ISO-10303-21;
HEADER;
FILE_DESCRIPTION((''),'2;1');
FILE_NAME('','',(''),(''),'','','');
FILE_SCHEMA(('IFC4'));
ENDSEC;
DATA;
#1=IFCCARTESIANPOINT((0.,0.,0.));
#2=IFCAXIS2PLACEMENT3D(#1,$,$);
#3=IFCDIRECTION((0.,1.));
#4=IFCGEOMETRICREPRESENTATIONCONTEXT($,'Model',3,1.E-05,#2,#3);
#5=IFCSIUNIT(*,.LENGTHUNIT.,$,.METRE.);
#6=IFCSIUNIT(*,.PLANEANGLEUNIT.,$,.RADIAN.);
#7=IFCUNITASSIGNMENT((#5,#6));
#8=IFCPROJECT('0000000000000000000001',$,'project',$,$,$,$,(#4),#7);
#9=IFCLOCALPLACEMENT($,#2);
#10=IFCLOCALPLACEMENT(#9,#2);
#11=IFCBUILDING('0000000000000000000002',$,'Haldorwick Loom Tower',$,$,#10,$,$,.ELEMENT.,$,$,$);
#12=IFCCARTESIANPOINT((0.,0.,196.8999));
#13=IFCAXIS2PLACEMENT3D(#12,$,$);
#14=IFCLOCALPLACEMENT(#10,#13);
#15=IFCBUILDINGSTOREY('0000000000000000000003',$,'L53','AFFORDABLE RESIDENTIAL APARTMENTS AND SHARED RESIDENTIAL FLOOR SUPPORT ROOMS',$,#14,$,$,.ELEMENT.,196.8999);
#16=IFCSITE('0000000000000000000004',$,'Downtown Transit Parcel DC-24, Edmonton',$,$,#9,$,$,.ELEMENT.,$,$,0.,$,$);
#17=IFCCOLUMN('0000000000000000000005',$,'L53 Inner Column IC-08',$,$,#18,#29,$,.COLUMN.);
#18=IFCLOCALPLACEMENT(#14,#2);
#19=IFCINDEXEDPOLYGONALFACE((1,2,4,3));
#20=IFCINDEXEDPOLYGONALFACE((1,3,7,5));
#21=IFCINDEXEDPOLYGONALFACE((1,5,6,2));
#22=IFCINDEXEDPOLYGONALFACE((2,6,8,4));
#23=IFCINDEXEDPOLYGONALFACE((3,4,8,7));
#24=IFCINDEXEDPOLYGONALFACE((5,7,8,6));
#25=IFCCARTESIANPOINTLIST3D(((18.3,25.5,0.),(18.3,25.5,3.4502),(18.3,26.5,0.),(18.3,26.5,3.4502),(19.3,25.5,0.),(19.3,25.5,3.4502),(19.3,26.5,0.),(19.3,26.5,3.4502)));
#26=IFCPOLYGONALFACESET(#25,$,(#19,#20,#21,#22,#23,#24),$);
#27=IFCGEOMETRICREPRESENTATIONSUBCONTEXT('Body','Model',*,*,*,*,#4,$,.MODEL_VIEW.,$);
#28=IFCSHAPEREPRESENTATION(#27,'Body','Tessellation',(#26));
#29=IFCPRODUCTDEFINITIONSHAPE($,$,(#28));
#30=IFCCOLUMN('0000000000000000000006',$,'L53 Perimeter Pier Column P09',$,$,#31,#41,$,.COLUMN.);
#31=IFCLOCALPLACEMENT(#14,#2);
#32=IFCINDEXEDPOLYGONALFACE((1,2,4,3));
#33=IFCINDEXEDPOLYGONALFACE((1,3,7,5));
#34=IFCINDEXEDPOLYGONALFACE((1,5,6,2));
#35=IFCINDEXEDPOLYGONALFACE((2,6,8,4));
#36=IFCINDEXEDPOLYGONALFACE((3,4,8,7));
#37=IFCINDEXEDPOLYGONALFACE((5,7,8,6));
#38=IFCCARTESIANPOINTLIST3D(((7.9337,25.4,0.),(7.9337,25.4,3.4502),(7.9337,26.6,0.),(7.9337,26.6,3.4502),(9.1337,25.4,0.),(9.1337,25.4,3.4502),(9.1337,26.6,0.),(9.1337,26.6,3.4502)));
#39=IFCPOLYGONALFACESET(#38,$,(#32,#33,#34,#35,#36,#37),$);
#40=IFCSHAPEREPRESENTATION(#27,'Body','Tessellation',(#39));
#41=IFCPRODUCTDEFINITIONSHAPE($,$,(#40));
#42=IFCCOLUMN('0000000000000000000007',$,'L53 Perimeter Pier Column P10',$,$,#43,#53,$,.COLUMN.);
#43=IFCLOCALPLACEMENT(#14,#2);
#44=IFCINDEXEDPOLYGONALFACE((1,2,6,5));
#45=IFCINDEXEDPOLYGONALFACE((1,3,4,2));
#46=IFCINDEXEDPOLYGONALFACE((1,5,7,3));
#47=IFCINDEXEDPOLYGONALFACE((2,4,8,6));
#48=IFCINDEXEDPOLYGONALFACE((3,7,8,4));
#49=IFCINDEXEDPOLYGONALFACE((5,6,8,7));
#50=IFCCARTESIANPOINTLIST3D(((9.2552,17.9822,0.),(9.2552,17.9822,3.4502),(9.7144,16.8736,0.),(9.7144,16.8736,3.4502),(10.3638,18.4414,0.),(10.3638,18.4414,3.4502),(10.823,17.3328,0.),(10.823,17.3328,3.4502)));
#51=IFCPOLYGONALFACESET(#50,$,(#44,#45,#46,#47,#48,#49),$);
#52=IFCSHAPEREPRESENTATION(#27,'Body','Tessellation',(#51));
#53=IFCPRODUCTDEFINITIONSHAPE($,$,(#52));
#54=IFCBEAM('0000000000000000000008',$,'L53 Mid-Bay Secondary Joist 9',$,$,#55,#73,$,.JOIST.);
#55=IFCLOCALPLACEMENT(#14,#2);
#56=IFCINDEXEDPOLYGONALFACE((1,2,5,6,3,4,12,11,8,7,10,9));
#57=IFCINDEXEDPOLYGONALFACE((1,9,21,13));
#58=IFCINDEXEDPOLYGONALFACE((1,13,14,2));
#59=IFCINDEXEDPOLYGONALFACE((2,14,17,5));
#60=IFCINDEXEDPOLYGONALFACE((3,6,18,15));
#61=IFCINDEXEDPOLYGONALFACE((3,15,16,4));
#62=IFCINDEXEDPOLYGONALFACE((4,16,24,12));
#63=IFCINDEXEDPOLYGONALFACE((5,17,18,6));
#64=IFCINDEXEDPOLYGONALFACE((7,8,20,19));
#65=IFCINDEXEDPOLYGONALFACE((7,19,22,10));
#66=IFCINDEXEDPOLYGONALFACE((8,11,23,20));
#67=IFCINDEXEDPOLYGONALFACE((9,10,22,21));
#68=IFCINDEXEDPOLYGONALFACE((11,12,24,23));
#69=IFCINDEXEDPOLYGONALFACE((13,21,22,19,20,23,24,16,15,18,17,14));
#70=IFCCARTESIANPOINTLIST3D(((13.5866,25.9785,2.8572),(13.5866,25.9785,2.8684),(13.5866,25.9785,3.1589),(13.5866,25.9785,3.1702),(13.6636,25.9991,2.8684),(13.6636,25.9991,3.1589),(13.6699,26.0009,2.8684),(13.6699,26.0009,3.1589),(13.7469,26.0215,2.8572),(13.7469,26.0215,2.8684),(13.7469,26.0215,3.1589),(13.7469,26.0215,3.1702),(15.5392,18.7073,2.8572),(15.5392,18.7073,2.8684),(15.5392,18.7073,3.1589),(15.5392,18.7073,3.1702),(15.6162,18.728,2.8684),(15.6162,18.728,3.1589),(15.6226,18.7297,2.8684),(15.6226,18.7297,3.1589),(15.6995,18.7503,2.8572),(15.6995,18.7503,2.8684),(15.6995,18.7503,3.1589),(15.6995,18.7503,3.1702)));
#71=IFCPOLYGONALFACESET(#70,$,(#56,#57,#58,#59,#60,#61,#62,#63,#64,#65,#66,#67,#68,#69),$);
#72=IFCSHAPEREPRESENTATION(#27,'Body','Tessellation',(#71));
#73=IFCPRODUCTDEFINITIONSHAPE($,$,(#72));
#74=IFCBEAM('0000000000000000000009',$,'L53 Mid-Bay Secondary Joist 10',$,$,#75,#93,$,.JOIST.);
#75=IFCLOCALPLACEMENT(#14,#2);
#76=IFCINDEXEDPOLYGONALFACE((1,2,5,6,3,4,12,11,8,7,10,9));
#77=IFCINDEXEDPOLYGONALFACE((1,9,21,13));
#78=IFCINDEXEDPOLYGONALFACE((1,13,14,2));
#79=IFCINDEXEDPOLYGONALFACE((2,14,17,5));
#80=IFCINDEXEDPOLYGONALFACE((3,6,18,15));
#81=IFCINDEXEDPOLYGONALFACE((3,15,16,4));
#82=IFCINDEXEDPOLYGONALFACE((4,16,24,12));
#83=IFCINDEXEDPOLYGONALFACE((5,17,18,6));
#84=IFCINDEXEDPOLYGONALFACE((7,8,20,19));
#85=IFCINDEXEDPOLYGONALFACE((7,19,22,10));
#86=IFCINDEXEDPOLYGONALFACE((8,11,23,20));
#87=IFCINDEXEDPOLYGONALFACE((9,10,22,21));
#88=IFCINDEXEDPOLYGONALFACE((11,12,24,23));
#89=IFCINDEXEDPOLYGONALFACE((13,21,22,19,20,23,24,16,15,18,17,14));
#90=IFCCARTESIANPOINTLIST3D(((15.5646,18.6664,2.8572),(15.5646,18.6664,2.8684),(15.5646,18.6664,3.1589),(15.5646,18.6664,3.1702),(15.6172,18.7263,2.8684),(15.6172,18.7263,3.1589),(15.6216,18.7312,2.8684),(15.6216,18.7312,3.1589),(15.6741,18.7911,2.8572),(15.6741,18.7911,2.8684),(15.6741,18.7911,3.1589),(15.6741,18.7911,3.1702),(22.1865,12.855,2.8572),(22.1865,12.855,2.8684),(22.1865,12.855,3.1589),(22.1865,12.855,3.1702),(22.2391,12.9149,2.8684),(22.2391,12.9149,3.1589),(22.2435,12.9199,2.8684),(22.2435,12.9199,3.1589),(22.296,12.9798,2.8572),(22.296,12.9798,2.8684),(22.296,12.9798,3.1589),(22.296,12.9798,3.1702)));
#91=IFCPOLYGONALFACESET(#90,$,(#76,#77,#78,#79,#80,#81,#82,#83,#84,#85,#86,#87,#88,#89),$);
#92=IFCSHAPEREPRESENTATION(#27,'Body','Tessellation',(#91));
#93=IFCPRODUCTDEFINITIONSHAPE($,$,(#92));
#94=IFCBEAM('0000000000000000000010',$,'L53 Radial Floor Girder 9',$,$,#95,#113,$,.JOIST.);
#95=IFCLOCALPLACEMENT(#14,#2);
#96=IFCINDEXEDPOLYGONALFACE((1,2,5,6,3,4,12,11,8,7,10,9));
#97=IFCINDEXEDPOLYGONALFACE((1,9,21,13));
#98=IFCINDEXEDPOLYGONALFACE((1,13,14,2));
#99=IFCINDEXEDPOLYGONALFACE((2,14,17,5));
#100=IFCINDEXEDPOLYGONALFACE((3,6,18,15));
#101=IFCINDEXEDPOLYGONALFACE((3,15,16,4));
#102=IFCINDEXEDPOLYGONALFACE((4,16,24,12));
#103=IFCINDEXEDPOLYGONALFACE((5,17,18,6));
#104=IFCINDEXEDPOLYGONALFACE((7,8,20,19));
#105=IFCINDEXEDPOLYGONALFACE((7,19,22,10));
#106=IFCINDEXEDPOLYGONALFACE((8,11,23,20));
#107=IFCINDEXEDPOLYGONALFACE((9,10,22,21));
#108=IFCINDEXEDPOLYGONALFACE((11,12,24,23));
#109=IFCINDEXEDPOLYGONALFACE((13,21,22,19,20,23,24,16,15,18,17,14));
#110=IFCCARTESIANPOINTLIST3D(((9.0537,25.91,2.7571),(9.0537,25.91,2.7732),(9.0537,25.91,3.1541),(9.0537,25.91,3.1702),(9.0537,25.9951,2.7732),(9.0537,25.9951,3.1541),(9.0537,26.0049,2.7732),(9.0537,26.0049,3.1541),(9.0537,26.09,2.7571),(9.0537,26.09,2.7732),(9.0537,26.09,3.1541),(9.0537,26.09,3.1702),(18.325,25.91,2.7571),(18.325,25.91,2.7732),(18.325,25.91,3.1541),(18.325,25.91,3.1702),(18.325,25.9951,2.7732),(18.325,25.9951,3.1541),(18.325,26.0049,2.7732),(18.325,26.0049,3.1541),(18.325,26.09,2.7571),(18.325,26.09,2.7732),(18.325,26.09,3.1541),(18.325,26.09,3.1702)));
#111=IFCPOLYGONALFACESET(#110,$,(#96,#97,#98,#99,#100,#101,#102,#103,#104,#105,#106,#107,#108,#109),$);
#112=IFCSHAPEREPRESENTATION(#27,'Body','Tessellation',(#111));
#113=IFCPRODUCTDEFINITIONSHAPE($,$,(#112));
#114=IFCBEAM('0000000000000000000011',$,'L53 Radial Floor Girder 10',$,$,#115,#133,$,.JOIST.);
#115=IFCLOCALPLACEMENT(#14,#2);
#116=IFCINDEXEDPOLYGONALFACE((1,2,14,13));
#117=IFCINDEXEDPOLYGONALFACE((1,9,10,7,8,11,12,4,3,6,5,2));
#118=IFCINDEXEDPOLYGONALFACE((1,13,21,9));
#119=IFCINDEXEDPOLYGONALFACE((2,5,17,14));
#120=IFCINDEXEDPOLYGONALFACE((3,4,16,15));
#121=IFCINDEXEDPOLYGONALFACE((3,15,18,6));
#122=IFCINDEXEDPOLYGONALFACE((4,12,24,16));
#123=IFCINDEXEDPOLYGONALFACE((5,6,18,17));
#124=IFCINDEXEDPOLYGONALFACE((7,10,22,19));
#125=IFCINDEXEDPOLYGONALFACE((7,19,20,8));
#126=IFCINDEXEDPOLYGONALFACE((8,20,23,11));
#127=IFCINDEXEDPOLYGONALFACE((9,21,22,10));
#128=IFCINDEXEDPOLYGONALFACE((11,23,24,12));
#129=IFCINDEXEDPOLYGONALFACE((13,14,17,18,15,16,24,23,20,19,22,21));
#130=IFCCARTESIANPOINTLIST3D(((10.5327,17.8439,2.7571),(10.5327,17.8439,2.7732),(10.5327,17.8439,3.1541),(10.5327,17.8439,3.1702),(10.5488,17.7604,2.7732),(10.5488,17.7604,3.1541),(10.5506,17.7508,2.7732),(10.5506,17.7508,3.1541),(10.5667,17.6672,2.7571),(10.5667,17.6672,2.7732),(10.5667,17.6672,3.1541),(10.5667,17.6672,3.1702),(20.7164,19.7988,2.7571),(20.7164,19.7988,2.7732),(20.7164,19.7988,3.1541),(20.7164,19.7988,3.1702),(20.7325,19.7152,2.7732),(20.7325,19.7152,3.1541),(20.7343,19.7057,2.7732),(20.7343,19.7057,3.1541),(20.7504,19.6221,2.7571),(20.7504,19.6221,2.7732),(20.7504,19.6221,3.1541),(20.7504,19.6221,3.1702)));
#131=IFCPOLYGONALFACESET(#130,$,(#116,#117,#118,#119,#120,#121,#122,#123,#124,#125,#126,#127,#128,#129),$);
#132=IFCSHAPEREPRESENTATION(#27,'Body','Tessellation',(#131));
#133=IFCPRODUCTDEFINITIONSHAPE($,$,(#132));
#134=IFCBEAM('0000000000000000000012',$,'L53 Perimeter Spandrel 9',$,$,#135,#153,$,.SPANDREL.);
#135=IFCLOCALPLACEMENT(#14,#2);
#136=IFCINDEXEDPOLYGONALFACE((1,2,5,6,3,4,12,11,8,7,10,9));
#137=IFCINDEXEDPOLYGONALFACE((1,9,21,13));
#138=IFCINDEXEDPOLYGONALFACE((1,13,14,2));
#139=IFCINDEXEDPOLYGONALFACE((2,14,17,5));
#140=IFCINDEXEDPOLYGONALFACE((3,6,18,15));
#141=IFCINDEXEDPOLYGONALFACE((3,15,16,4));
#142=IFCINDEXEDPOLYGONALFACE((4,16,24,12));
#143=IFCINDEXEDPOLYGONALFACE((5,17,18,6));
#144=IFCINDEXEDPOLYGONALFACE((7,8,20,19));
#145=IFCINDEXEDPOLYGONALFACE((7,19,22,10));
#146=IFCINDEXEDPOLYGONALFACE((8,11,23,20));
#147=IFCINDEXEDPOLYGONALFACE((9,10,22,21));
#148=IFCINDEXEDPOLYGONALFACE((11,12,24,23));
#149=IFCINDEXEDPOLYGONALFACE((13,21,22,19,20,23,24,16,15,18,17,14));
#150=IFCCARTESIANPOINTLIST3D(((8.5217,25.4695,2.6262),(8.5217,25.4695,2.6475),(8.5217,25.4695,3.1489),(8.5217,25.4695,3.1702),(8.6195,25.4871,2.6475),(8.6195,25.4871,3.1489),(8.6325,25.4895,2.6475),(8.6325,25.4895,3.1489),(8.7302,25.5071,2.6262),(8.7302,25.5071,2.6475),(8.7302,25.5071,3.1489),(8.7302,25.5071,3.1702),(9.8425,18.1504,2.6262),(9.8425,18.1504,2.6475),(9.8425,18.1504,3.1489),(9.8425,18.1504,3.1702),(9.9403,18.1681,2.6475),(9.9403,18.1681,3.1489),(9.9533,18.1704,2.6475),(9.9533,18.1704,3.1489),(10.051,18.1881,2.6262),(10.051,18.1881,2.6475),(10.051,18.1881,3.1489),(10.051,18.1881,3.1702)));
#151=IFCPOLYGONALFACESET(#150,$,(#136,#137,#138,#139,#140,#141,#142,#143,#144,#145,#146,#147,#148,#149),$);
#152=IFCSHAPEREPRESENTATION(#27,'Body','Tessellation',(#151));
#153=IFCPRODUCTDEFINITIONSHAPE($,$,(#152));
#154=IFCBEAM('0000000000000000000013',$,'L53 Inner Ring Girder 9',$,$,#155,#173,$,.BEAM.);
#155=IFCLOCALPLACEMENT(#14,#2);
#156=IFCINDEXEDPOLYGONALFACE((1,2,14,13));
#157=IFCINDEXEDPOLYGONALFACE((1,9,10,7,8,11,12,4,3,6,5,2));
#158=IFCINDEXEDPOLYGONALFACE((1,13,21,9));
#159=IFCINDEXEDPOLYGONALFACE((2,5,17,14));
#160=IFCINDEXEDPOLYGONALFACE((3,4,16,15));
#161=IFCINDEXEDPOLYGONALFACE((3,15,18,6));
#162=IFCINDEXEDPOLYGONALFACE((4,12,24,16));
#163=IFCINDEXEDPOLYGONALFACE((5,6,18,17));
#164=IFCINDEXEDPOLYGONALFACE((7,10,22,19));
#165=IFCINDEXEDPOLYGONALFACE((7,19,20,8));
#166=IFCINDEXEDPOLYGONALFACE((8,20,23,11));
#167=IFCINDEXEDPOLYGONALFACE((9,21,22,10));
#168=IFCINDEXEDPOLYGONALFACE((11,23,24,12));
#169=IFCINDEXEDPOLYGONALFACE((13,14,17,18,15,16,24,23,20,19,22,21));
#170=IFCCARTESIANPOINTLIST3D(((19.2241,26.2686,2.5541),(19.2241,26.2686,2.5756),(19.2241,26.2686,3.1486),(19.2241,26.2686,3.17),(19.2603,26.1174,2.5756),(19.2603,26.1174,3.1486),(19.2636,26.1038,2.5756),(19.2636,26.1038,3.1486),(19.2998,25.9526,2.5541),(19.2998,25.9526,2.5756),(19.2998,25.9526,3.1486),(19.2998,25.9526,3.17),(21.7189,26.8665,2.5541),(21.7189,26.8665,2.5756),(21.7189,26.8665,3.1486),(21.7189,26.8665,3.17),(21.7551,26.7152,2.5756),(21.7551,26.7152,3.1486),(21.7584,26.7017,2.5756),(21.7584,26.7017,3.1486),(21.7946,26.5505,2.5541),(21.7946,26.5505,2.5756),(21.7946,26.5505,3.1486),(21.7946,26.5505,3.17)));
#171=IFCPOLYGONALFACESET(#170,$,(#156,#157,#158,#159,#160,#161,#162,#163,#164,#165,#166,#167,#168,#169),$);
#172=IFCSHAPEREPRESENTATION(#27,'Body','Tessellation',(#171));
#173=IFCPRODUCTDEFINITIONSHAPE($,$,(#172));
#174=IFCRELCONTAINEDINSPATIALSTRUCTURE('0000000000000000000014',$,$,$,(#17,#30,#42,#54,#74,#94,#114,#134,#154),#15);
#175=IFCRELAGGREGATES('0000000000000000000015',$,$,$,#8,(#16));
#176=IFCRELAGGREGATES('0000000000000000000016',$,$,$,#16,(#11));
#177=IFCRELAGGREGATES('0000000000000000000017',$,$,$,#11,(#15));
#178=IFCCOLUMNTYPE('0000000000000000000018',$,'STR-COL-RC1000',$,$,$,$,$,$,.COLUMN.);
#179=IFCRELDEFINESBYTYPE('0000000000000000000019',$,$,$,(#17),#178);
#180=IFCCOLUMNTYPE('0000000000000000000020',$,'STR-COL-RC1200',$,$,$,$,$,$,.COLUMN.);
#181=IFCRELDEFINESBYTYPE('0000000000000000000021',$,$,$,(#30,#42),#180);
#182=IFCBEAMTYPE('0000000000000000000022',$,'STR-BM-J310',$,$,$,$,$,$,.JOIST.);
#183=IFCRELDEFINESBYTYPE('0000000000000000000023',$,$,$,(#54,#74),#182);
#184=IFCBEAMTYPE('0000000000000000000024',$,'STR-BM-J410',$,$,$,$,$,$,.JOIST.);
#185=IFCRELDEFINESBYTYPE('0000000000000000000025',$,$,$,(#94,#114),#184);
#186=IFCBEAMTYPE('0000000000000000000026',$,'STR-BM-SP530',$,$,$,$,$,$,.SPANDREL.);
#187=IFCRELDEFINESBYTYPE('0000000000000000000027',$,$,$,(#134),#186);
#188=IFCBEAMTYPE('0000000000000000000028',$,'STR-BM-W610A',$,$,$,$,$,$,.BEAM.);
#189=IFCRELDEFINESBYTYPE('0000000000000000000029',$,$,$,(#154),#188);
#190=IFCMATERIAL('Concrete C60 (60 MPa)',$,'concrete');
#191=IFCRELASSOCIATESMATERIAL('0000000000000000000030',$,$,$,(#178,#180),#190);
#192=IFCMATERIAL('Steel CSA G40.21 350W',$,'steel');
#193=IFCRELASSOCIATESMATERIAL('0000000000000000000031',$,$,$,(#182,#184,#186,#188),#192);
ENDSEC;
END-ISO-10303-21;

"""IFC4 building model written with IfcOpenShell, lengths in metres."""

from ifc_helpers import new_model, si_unit, direction, frame, origin, origin_2d, place, context, subcontext, project, spatial, rectangle, i_section, extrude, material, material_profile, profile_set, type_object, element, save


model = new_model("IFC4")

# Units and contexts
model_context = context("Model", 3, precision=1e-05, world=origin(), true_north=direction((0.0, 1.0)))
body_context = subcontext(model_context, "Body", "Model", "MODEL_VIEW")
ifc_project = project(units=[si_unit("LENGTHUNIT", "METRE"), si_unit("PLANEANGLEUNIT", "RADIAN")], contexts=[model_context])

# Site, building, storey
site_placement = place(None, origin())
site = spatial("IfcSite", under=ifc_project, at=site_placement, Name="Downtown Transit Parcel DC-24, Edmonton", CompositionType="ELEMENT", RefElevation=0.0)
building_placement = place(site_placement, origin())
building = spatial("IfcBuilding", under=site, at=building_placement, Name="Haldorwick Loom Tower", CompositionType="ELEMENT")
storey_placement = place(building_placement, frame((0.0, 0.0, 196.8999)))
storey = spatial("IfcBuildingStorey", under=building, at=storey_placement, Name="L53", Description="AFFORDABLE RESIDENTIAL APARTMENTS AND SHARED RESIDENTIAL FLOOR SUPPORT ROOMS", CompositionType="ELEMENT", Elevation=196.8999)

# Columns
ifc_material_1 = material(Name="Concrete C60 (60 MPa)", Category="concrete")
ifc_material_profile_1 = material_profile(ifc_material_1, rectangle(XDim=1.0, YDim=1.0, at=origin_2d()), Name="RC1000X1000", Category="concrete")
ifc_profile_set_1 = profile_set([ifc_material_profile_1], Name="Concrete C60 (60 MPa)")
column_type_1 = type_object("IfcColumnType", Name="STR-COL-RC1000", PredefinedType="COLUMN", material=ifc_profile_set_1)
column_placement = place(storey_placement, frame((18.8, 26.0, 0.0), z_axis=(0.0, 0.0, 1.0), x_axis=(1.0, 0.0, 0.0)))
element("IfcColumn", 1, at=column_placement, inside=storey, type_object=column_type_1, Name="L53 Inner Column IC-08", PredefinedType="COLUMN", context=body_context, shape_type="SweptSolid", body=[
    extrude(rectangle(XDim=1.0, YDim=1.0, at=origin_2d()), origin(), (0.0, 0.0, 1.0), 3.4502),
])
ifc_material_profile_2 = material_profile(ifc_material_1, rectangle(XDim=1.2, YDim=1.2, at=origin_2d()), Name="RC1200X1200", Category="concrete")
ifc_profile_set_2 = profile_set([ifc_material_profile_2], Name="Concrete C60 (60 MPa)")
column_type_2 = type_object("IfcColumnType", Name="STR-COL-RC1200", PredefinedType="COLUMN", material=ifc_profile_set_2)
for number, where, z_axis, x_axis, name in (
    (2, (8.5337, 26.0, 0.0), (0.0, 0.0, 1.0), (-1.0, 0.0, 0.0), "L53 Perimeter Pier Column P09"),
    (3, (10.0391, 17.6575, 0.0), (0.0, 0.0, 1.0), (-0.92388, -0.382683, 0.0), "L53 Perimeter Pier Column P10"),
):
    element("IfcColumn", number, at=place(storey_placement, frame(where, z_axis=z_axis, x_axis=x_axis)), inside=storey, type_object=column_type_2, Name=name, PredefinedType="COLUMN", context=body_context, shape_type="SweptSolid", body=[
        extrude(rectangle(XDim=1.2, YDim=1.2, at=origin_2d()), origin(), (0.0, 0.0, 1.0), 3.4502),
    ])

# Beams
ifc_material_2 = material(Name="Steel CSA G40.21 350W", Category="steel")
ifc_material_profile_3 = material_profile(ifc_material_2, i_section(OverallWidth=0.166, OverallDepth=0.313, WebThickness=0.0066, FlangeThickness=0.0112, at=origin_2d()), Name="W310X45", Category="steel")
ifc_profile_set_3 = profile_set([ifc_material_profile_3], Name="Steel CSA G40.21 350W")
beam_type_1 = type_object("IfcBeamType", Name="STR-BM-J310", PredefinedType="JOIST", material=ifc_profile_set_3)
beam_1_placement = place(storey_placement, frame((13.6667, 26.0, 3.0137), z_axis=(0.259354, -0.965782, 0.0), x_axis=(0.965782, 0.259354, 0.0)))
element("IfcBeam", 4, at=beam_1_placement, inside=storey, type_object=beam_type_1, Name="L53 Mid-Bay Secondary Joist 9", PredefinedType="JOIST", context=body_context, shape_type="SweptSolid", body=[
    extrude(i_section(OverallWidth=0.166, OverallDepth=0.313, WebThickness=0.0066, FlangeThickness=0.0112, at=origin_2d()), origin(), (0.0, 0.0, 1.0), 7.5288),
])
beam_2_placement = place(storey_placement, frame((15.6194, 18.7288, 3.0137), z_axis=(0.751609, -0.659608, 0.0), x_axis=(0.659608, 0.751609, 0.0)))
element("IfcBeam", 5, at=beam_2_placement, inside=storey, type_object=beam_type_1, Name="L53 Mid-Bay Secondary Joist 10", PredefinedType="JOIST", context=body_context, shape_type="SweptSolid", body=[
    extrude(i_section(OverallWidth=0.166, OverallDepth=0.313, WebThickness=0.0066, FlangeThickness=0.0112, at=origin_2d()), origin(), (0.0, 0.0, 1.0), 8.8103),
])
ifc_material_profile_4 = material_profile(ifc_material_2, i_section(OverallWidth=0.1799, OverallDepth=0.4131, WebThickness=0.0098, FlangeThickness=0.0161, at=origin_2d()), Name="W410X74", Category="steel")
ifc_profile_set_4 = profile_set([ifc_material_profile_4], Name="Steel CSA G40.21 350W")
beam_type_2 = type_object("IfcBeamType", Name="STR-BM-J410", PredefinedType="JOIST", material=ifc_profile_set_4)
beam_3_placement = place(storey_placement, frame((18.325, 26.0, 2.9636), z_axis=(-1.0, 0.0, 0.0), x_axis=(0.0, -1.0, 0.0)))
element("IfcBeam", 6, at=beam_3_placement, inside=storey, type_object=beam_type_2, Name="L53 Radial Floor Girder 9", PredefinedType="JOIST", context=body_context, shape_type="SweptSolid", body=[
    extrude(i_section(OverallWidth=0.1799, OverallDepth=0.4131, WebThickness=0.0098, FlangeThickness=0.0161, at=origin_2d()), origin(), (0.0, 0.0, 1.0), 9.2712),
])
beam_4_placement = place(storey_placement, frame((20.7334, 19.7104, 2.9636), z_axis=(-0.98207, -0.188517, 0.0), x_axis=(0.188517, -0.98207, 0.0)))
element("IfcBeam", 7, at=beam_4_placement, inside=storey, type_object=beam_type_2, Name="L53 Radial Floor Girder 10", PredefinedType="JOIST", context=body_context, shape_type="SweptSolid", body=[
    extrude(i_section(OverallWidth=0.1799, OverallDepth=0.4131, WebThickness=0.0098, FlangeThickness=0.0161, at=origin_2d()), origin(), (0.0, 0.0, 1.0), 10.3696),
])
ifc_material_profile_5 = material_profile(ifc_material_2, i_section(OverallWidth=0.2119, OverallDepth=0.5439, WebThickness=0.0132, FlangeThickness=0.0212, at=origin_2d()), Name="W530X123", Category="steel")
ifc_profile_set_5 = profile_set([ifc_material_profile_5], Name="Steel CSA G40.21 350W")
beam_type_3 = type_object("IfcBeamType", Name="STR-BM-SP530", PredefinedType="SPANDREL", material=ifc_profile_set_5)
beam_5_placement = place(storey_placement, frame((8.626, 25.4883, 2.8982), z_axis=(0.177591, -0.984104, 0.0), x_axis=(0.984104, 0.177591, 0.0)))
element("IfcBeam", 8, at=beam_5_placement, inside=storey, type_object=beam_type_3, Name="L53 Perimeter Spandrel 9", PredefinedType="SPANDREL", context=body_context, shape_type="SweptSolid", body=[
    extrude(i_section(OverallWidth=0.2119, OverallDepth=0.5439, WebThickness=0.0132, FlangeThickness=0.0212, at=origin_2d()), origin(), (0.0, 0.0, 1.0), 7.4373),
])
ifc_material_profile_6 = material_profile(ifc_material_2, i_section(OverallWidth=0.325, OverallDepth=0.616, WebThickness=0.0139, FlangeThickness=0.0215, at=origin_2d()), Name="W610X174", Category="steel")
ifc_profile_set_6 = profile_set([ifc_material_profile_6], Name="Steel CSA G40.21 350W")
beam_type_4 = type_object("IfcBeamType", Name="STR-BM-W610A", PredefinedType="BEAM", material=ifc_profile_set_6)
beam_6_placement = place(storey_placement, frame((19.262, 26.1106, 2.8621), z_axis=(0.972464, 0.233053, 0.0), x_axis=(-0.233053, 0.972464, 0.0)))
element("IfcBeam", 9, at=beam_6_placement, inside=storey, type_object=beam_type_4, Name="L53 Inner Ring Girder 9", PredefinedType="BEAM", context=body_context, shape_type="SweptSolid", body=[
    extrude(i_section(OverallWidth=0.325, OverallDepth=0.616, WebThickness=0.0139, FlangeThickness=0.0215, at=origin_2d()), origin(), (0.0, 0.0, 1.0), 2.5654),
])

save(model, "model.ifc")
